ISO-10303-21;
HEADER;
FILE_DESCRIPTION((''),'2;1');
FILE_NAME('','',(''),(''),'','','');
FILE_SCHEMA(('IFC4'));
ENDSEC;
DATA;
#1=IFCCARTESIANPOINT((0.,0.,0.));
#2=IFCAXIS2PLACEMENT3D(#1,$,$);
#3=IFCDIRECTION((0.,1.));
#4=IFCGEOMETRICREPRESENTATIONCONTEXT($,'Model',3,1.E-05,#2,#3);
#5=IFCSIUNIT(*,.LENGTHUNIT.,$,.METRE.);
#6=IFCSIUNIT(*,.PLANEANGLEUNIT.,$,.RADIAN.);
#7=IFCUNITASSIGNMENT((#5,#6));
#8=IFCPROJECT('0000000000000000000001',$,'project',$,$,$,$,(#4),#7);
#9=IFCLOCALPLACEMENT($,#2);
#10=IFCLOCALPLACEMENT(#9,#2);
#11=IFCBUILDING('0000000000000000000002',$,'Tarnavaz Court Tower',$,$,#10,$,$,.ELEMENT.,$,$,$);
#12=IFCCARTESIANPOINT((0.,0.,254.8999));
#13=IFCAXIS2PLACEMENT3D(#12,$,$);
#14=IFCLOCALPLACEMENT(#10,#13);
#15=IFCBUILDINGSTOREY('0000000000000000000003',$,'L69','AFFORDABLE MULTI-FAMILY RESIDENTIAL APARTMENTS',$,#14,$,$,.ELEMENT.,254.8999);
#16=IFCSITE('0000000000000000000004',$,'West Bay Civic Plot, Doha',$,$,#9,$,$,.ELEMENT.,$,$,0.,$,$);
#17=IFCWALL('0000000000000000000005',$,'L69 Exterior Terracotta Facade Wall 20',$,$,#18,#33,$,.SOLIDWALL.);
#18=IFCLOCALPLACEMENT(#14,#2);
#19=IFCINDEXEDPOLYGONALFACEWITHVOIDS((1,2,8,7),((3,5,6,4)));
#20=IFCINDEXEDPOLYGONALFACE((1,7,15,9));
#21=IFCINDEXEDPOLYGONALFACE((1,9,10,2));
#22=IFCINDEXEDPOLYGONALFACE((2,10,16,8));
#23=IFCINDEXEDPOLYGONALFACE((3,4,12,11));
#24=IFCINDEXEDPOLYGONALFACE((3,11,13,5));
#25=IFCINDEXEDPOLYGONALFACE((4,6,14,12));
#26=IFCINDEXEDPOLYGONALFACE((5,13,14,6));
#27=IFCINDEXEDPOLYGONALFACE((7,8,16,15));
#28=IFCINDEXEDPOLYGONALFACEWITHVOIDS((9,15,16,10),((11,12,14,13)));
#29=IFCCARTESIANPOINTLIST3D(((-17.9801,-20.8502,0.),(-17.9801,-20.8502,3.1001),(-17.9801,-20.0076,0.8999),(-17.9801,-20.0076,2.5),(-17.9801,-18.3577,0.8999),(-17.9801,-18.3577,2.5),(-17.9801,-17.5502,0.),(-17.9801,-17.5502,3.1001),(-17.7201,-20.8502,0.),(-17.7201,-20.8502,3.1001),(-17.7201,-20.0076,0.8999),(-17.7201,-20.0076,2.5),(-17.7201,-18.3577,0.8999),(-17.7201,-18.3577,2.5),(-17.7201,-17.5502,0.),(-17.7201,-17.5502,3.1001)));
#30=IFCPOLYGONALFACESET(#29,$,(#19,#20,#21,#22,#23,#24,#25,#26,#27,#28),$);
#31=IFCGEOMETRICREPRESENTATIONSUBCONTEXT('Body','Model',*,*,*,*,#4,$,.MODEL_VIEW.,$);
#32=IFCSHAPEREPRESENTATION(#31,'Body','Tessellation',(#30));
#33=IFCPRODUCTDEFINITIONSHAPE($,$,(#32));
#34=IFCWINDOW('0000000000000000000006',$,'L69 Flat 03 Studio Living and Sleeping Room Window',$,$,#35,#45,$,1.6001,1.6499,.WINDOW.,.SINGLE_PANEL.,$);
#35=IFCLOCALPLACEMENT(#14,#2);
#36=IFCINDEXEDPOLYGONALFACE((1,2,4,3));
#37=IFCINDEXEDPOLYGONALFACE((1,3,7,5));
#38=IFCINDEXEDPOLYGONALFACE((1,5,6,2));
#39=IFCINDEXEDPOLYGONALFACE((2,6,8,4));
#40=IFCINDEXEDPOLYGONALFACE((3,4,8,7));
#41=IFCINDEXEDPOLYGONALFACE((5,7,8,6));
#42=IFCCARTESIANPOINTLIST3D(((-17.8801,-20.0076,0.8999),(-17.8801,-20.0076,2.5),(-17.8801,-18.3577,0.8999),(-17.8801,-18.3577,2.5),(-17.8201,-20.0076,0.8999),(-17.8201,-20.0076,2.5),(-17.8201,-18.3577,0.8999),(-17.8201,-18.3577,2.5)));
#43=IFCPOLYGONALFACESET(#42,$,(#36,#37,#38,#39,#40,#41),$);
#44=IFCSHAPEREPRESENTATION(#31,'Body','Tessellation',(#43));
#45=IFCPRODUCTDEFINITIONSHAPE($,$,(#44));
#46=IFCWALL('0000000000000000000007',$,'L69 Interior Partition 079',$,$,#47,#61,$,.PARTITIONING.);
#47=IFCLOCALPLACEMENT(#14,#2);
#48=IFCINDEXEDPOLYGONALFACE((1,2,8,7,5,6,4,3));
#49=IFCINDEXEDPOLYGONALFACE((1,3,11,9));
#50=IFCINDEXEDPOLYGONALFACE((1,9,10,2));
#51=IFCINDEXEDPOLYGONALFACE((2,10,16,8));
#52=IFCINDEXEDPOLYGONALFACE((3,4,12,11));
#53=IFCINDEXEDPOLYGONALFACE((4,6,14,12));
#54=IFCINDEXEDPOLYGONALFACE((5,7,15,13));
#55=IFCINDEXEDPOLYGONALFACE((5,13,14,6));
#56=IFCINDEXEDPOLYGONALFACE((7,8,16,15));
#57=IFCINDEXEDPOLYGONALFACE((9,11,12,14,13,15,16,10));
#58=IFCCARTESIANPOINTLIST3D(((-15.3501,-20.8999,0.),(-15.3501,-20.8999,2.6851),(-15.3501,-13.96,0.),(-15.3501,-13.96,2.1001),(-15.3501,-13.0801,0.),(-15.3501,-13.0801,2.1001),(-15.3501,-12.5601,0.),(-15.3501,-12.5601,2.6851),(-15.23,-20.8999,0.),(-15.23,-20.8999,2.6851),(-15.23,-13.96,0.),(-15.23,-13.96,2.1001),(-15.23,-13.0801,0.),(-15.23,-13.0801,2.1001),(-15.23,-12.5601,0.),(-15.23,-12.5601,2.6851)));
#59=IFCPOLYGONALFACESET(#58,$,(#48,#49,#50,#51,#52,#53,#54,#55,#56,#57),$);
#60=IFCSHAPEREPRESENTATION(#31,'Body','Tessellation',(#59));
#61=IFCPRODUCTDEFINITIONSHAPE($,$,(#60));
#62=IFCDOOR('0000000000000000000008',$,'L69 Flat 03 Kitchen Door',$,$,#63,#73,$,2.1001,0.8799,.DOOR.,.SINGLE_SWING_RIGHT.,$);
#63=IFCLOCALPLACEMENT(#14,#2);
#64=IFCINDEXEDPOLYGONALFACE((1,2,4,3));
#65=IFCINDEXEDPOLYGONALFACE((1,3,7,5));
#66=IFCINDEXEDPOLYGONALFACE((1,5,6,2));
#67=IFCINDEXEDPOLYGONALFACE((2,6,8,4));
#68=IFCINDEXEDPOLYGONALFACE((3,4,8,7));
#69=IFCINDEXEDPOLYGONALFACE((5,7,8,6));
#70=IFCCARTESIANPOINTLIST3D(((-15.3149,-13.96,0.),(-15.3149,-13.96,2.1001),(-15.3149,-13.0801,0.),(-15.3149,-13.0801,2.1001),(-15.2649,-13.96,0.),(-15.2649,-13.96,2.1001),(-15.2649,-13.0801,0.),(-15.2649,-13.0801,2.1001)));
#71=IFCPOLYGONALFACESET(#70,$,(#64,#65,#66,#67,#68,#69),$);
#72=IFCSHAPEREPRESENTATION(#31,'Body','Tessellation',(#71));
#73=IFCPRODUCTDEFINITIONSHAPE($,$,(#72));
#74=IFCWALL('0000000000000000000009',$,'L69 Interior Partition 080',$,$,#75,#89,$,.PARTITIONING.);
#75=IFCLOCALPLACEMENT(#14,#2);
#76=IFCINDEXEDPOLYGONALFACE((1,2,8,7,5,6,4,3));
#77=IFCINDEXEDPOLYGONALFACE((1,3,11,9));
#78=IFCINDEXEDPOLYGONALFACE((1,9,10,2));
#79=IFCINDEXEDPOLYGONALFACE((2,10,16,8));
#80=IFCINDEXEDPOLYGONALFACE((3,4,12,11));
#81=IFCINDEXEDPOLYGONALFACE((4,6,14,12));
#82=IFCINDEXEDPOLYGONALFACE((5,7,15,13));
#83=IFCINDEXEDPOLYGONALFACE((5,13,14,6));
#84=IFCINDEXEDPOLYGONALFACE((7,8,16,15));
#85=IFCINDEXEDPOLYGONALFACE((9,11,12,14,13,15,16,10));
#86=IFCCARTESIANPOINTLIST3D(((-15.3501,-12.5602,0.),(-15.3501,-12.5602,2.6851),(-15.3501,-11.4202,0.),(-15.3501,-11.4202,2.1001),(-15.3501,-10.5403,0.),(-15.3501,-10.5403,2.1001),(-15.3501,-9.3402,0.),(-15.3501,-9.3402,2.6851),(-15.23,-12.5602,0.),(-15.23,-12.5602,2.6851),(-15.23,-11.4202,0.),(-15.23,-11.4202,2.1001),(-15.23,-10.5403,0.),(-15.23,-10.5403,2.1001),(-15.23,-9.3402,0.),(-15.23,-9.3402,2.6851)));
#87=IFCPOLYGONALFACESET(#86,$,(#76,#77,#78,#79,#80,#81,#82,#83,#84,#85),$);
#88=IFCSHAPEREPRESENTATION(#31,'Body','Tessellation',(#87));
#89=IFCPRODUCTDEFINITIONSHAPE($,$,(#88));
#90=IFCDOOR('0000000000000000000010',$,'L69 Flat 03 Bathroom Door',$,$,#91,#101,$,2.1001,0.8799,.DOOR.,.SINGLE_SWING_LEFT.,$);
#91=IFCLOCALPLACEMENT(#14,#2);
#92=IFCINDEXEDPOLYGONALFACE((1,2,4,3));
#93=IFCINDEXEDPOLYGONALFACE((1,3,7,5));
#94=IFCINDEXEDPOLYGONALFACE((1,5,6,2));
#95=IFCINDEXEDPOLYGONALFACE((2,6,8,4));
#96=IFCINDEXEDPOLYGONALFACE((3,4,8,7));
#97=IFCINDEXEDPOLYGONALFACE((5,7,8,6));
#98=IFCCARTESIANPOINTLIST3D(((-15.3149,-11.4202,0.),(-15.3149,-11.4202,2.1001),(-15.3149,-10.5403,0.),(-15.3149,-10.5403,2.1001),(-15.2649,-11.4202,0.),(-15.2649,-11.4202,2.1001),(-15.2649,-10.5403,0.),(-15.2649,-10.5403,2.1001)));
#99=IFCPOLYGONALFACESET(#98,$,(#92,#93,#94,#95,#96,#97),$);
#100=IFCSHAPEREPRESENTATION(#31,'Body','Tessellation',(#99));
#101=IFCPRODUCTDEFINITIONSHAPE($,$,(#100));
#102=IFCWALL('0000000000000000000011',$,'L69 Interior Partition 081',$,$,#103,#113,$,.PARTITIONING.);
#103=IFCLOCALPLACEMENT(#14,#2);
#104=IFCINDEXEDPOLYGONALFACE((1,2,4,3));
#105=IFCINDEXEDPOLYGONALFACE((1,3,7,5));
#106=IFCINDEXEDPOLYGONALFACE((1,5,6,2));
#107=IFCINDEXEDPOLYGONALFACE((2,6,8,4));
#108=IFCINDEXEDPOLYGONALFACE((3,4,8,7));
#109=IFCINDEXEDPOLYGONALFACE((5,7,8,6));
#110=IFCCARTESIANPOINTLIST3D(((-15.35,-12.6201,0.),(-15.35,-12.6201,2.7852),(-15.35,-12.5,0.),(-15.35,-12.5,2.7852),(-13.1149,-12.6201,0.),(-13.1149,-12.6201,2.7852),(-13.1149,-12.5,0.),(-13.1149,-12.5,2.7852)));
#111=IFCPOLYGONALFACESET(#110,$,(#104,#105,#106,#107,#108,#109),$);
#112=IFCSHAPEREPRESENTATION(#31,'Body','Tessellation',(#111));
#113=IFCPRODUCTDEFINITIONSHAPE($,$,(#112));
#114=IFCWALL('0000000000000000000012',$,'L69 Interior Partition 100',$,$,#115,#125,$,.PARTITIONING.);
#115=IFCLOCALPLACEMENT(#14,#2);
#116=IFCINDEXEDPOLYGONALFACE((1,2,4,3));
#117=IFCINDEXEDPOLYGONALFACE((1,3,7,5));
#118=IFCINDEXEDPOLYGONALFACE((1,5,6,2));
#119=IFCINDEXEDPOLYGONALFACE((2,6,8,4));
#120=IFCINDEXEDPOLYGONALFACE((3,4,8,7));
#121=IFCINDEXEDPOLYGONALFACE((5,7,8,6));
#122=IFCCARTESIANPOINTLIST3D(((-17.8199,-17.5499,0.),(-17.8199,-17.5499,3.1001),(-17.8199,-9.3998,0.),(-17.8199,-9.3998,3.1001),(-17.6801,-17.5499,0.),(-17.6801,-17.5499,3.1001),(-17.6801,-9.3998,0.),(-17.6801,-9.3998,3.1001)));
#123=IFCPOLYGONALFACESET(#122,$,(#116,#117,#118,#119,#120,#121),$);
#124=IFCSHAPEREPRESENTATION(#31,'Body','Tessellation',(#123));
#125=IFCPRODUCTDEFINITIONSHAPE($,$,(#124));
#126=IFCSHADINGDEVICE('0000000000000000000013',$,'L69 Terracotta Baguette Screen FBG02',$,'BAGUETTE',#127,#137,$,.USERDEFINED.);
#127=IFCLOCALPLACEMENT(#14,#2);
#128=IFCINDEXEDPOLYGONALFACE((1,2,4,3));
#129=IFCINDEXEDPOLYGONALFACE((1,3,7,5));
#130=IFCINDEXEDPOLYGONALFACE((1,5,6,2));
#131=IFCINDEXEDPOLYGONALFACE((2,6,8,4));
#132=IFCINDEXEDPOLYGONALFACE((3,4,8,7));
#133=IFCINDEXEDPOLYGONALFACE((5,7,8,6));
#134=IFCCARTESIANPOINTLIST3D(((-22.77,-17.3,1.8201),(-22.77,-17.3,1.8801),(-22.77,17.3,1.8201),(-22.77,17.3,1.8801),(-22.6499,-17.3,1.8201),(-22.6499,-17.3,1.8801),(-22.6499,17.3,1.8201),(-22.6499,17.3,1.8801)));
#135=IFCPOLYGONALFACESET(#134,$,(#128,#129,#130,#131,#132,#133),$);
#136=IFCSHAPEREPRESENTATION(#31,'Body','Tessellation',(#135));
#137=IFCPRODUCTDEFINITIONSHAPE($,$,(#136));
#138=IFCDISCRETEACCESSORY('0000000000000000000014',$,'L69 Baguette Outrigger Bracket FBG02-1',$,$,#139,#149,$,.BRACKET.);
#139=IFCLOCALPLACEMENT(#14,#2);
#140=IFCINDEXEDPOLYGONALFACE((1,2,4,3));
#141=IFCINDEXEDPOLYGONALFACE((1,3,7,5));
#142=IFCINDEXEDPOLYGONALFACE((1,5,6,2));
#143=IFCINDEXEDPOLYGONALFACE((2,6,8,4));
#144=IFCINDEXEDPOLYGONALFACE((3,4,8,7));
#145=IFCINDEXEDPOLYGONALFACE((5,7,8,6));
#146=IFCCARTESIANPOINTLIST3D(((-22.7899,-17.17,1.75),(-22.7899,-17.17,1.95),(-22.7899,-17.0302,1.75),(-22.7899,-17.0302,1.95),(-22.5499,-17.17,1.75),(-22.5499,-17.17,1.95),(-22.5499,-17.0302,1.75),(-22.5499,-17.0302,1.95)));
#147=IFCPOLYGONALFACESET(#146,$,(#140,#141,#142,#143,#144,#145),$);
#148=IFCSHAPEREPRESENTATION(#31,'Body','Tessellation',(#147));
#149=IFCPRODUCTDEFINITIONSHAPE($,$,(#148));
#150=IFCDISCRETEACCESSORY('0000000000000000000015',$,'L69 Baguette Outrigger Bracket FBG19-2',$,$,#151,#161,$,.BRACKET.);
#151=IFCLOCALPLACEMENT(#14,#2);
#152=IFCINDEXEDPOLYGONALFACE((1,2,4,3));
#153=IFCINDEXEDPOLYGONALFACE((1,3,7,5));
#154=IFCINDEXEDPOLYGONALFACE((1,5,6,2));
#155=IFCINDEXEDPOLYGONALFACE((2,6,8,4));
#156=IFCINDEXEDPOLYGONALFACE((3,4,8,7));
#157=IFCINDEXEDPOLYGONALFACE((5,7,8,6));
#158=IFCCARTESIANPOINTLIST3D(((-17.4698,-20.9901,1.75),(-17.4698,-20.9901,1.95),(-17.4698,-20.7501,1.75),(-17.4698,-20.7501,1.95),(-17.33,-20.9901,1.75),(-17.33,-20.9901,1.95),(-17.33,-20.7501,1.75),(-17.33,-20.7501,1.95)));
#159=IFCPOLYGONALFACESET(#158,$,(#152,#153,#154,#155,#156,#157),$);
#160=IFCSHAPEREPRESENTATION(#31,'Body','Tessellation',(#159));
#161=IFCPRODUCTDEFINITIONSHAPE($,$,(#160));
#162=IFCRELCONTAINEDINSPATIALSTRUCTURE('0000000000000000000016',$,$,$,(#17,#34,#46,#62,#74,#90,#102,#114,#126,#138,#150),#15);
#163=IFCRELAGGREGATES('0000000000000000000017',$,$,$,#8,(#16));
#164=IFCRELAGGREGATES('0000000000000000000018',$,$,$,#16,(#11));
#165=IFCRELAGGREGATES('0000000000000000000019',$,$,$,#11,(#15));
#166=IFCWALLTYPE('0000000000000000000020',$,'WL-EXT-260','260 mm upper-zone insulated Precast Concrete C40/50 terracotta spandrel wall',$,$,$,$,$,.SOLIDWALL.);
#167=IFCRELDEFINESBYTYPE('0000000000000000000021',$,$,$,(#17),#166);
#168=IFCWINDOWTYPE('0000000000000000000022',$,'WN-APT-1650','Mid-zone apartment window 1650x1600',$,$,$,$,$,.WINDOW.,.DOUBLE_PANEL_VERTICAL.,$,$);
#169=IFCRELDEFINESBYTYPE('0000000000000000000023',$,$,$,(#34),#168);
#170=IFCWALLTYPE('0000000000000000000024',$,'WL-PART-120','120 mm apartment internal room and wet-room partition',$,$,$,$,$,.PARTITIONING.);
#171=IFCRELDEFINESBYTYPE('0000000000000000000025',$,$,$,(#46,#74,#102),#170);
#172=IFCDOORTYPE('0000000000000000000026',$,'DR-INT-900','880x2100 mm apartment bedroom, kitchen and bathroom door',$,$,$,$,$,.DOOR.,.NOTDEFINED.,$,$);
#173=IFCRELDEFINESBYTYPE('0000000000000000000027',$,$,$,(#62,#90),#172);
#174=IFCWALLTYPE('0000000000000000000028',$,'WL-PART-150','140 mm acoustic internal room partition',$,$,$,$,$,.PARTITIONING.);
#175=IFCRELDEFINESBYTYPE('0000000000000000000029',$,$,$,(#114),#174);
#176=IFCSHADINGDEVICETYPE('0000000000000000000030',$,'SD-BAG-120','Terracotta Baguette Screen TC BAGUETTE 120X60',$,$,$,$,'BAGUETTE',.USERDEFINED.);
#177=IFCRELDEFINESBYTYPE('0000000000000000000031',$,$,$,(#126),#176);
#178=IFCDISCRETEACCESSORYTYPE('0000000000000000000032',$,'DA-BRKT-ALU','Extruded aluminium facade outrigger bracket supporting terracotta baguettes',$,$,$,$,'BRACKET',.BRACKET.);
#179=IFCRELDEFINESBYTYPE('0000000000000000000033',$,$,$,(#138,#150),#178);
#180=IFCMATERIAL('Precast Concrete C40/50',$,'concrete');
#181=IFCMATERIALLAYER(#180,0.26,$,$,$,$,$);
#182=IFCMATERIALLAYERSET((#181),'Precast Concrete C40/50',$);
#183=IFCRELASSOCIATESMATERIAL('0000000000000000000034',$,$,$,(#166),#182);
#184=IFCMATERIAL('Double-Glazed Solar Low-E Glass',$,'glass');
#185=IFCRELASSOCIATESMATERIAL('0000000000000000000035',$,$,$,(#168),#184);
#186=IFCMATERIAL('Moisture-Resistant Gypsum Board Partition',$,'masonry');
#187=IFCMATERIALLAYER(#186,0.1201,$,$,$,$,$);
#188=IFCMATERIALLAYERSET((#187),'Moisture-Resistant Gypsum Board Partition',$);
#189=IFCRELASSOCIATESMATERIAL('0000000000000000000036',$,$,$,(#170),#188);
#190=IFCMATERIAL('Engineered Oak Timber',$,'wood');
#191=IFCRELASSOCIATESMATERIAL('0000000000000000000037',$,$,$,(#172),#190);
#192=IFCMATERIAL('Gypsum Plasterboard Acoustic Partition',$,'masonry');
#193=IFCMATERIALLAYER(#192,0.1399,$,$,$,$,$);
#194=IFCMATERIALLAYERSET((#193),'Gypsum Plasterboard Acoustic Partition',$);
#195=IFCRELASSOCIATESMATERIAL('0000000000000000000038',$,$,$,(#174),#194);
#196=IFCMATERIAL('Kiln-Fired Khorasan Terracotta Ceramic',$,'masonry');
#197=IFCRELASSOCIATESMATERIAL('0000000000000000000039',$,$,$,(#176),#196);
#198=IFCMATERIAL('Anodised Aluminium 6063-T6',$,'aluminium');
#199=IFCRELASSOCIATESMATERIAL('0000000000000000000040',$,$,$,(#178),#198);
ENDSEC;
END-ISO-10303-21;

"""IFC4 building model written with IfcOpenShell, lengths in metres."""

from ifc_helpers import new_model, si_unit, direction, frame, frame_2d, origin, origin_2d, place, context, subcontext, project, spatial, rectangle, extrude, material, layer, layer_set, material_profile, profile_set, type_object, element, fill, save


model = new_model("IFC4")

# Units and contexts
model_context = context("Model", 3, precision=1e-05, world=origin(), true_north=direction((0.0, 1.0)))
body_context = subcontext(model_context, "Body", "Model", "MODEL_VIEW")
ifc_project = project(units=[si_unit("LENGTHUNIT", "METRE"), si_unit("PLANEANGLEUNIT", "RADIAN")], contexts=[model_context])

# Site, building, storey
site_placement = place(None, origin())
site = spatial("IfcSite", under=ifc_project, at=site_placement, Name="West Bay Civic Plot, Doha", CompositionType="ELEMENT", RefElevation=0.0)
building_placement = place(site_placement, origin())
building = spatial("IfcBuilding", under=site, at=building_placement, Name="Tarnavaz Court Tower", CompositionType="ELEMENT")
storey_placement = place(building_placement, frame((0.0, 0.0, 254.8999)))
storey = spatial("IfcBuildingStorey", under=building, at=storey_placement, Name="L69", Description="AFFORDABLE MULTI-FAMILY RESIDENTIAL APARTMENTS", CompositionType="ELEMENT", Elevation=254.8999)

# Shared definitions
ifc_material_1 = material(Name="Precast Concrete C40/50", Category="concrete")
ifc_layer_1 = layer(ifc_material_1, 0.26)
ifc_layer_set_1 = layer_set([ifc_layer_1], Name="Precast Concrete C40/50")
wall_type_1 = type_object("IfcWallType", Name="WL-EXT-260", Description="260 mm upper-zone insulated Precast Concrete C40/50 terracotta spandrel wall", PredefinedType="SOLIDWALL", material=ifc_layer_set_1)
ifc_material_2 = material(Name="Double-Glazed Solar Low-E Glass", Category="glass")

# Wall, opening, window
wall_1_placement = place(storey_placement, frame((-17.8501, -20.8501, 0.0), z_axis=(0.0, 0.0, 1.0), x_axis=(0.0, 1.0, 0.0)))
wall_1 = element("IfcWall", 1, at=wall_1_placement, inside=storey, type_object=wall_type_1, Name="L69 Exterior Terracotta Facade Wall 20", PredefinedType="SOLIDWALL", context=body_context, shape_type="SweptSolid", body=[
    extrude(rectangle(XDim=3.3, YDim=0.26, at=frame_2d((1.6499, 0.0))), origin(), (0.0, 0.0, 1.0), 3.1001),
])
opening_1_placement = place(wall_1_placement, frame((0.8425, 0.0, 0.8999)))
opening_1 = element("IfcOpeningElement", 2, at=opening_1_placement, cuts=wall_1, PredefinedType="OPENING", context=body_context, shape_type="SweptSolid", body=[
    extrude(rectangle(XDim=1.6499, YDim=1.6001, at=frame_2d((0.825, 0.8))), frame((0.0, 0.1399, 0.0), z_axis=(0.0, -1.0, 0.0), x_axis=(1.0, 0.0, 0.0)), (0.0, 0.0, 1.0), 0.28),
])
window_type_1 = type_object("IfcWindowType", Name="WN-APT-1650", Description="Mid-zone apartment window 1650x1600", PartitioningType="DOUBLE_PANEL_VERTICAL", PredefinedType="WINDOW", material=ifc_material_2)
window_1_placement = place(opening_1_placement, origin())
window_1 = element("IfcWindow", 3, at=window_1_placement, inside=storey, type_object=window_type_1, Name="L69 Flat 03 Studio Living and Sleeping Room Window", OverallHeight=1.6001, OverallWidth=1.6499, PartitioningType="SINGLE_PANEL", PredefinedType="WINDOW", context=body_context, shape_type="SweptSolid", body=[
    extrude(rectangle(XDim=1.6499, YDim=1.6001, at=frame_2d((0.825, 0.8))), frame((0.0, 0.03, 0.0), z_axis=(0.0, -1.0, 0.0), x_axis=(1.0, 0.0, 0.0)), (0.0, 0.0, 1.0), 0.0601),
])
fill(opening_1, window_1)

# Walls, openings, doors
ifc_material_3 = material(Name="Moisture-Resistant Gypsum Board Partition", Category="masonry")
ifc_layer_2 = layer(ifc_material_3, 0.1201)
ifc_layer_set_2 = layer_set([ifc_layer_2], Name="Moisture-Resistant Gypsum Board Partition")
wall_type_2 = type_object("IfcWallType", Name="WL-PART-120", Description="120 mm apartment internal room and wet-room partition", PredefinedType="PARTITIONING", material=ifc_layer_set_2)
wall_2_placement = place(storey_placement, frame((-15.29, -20.8999, 0.0), z_axis=(0.0, 0.0, 1.0), x_axis=(0.0, 1.0, 0.0)))
wall_2 = element("IfcWall", 4, at=wall_2_placement, inside=storey, type_object=wall_type_2, Name="L69 Interior Partition 079", PredefinedType="PARTITIONING", context=body_context, shape_type="SweptSolid", body=[
    extrude(rectangle(XDim=8.3398, YDim=0.1201, at=frame_2d((4.1699, 0.0))), origin(), (0.0, 0.0, 1.0), 2.6851),
])
opening_2_placement = place(wall_2_placement, frame((6.9399, 0.0, 0.0)))
opening_2 = element("IfcOpeningElement", 5, at=opening_2_placement, cuts=wall_2, PredefinedType="OPENING", context=body_context, shape_type="SweptSolid", body=[
    extrude(rectangle(XDim=0.8799, YDim=2.1001, at=frame_2d((0.4399, 1.05))), frame((0.0, 0.0701, 0.0), z_axis=(0.0, -1.0, 0.0), x_axis=(1.0, 0.0, 0.0)), (0.0, 0.0, 1.0), 0.1401),
])
ifc_material_4 = material(Name="Engineered Oak Timber", Category="wood")
door_type = type_object("IfcDoorType", Name="DR-INT-900", Description="880x2100 mm apartment bedroom, kitchen and bathroom door", OperationType="NOTDEFINED", PredefinedType="DOOR", material=ifc_material_4)
door_1_placement = place(opening_2_placement, origin())
door_1 = element("IfcDoor", 6, at=door_1_placement, inside=storey, type_object=door_type, Name="L69 Flat 03 Kitchen Door", OperationType="SINGLE_SWING_RIGHT", OverallHeight=2.1001, OverallWidth=0.8799, PredefinedType="DOOR", context=body_context, shape_type="SweptSolid", body=[
    extrude(rectangle(XDim=0.8799, YDim=2.1001, at=frame_2d((0.4399, 1.05))), frame((0.0, 0.0249, 0.0), z_axis=(0.0, -1.0, 0.0), x_axis=(1.0, 0.0, 0.0)), (0.0, 0.0, 1.0), 0.05),
])
fill(opening_2, door_1)
wall_3_placement = place(storey_placement, frame((-15.29, -12.5601, 0.0), z_axis=(0.0, 0.0, 1.0), x_axis=(0.0, 1.0, 0.0)))
wall_3 = element("IfcWall", 7, at=wall_3_placement, inside=storey, type_object=wall_type_2, Name="L69 Interior Partition 080", PredefinedType="PARTITIONING", context=body_context, shape_type="SweptSolid", body=[
    extrude(rectangle(XDim=3.22, YDim=0.1201, at=frame_2d((1.6099, 0.0))), origin(), (0.0, 0.0, 1.0), 2.6851),
])
opening_3_placement = place(wall_3_placement, frame((1.1399, 0.0, 0.0)))
opening_3 = element("IfcOpeningElement", 8, at=opening_3_placement, cuts=wall_3, PredefinedType="OPENING", context=body_context, shape_type="SweptSolid", body=[
    extrude(rectangle(XDim=0.8799, YDim=2.1001, at=frame_2d((0.4399, 1.05))), frame((0.0, 0.0701, 0.0), z_axis=(0.0, -1.0, 0.0), x_axis=(1.0, 0.0, 0.0)), (0.0, 0.0, 1.0), 0.1401),
])
door_2_placement = place(opening_3_placement, origin())
door_2 = element("IfcDoor", 9, at=door_2_placement, inside=storey, type_object=door_type, Name="L69 Flat 03 Bathroom Door", OperationType="SINGLE_SWING_LEFT", OverallHeight=2.1001, OverallWidth=0.8799, PredefinedType="DOOR", context=body_context, shape_type="SweptSolid", body=[
    extrude(rectangle(XDim=0.8799, YDim=2.1001, at=frame_2d((0.4399, 1.05))), frame((0.0, 0.0249, 0.0), z_axis=(0.0, -1.0, 0.0), x_axis=(1.0, 0.0, 0.0)), (0.0, 0.0, 1.0), 0.05),
])
fill(opening_3, door_2)

# Walls
wall_4_placement = place(storey_placement, frame((-15.3501, -12.5601, 0.0), z_axis=(0.0, 0.0, 1.0), x_axis=(1.0, 0.0, 0.0)))
element("IfcWall", 10, at=wall_4_placement, inside=storey, type_object=wall_type_2, Name="L69 Interior Partition 081", PredefinedType="PARTITIONING", context=body_context, shape_type="SweptSolid", body=[
    extrude(rectangle(XDim=2.2351, YDim=0.1201, at=frame_2d((1.1177, 0.0))), origin(), (0.0, 0.0, 1.0), 2.7852),
])
ifc_material_5 = material(Name="Gypsum Plasterboard Acoustic Partition", Category="masonry")
ifc_layer_3 = layer(ifc_material_5, 0.1399)
ifc_layer_set_3 = layer_set([ifc_layer_3], Name="Gypsum Plasterboard Acoustic Partition")
wall_type_3 = type_object("IfcWallType", Name="WL-PART-150", Description="140 mm acoustic internal room partition", PredefinedType="PARTITIONING", material=ifc_layer_set_3)
wall_5_placement = place(storey_placement, frame((-17.75, -17.55, 0.0), z_axis=(0.0, 0.0, 1.0), x_axis=(0.0, 1.0, 0.0)))
element("IfcWall", 11, at=wall_5_placement, inside=storey, type_object=wall_type_3, Name="L69 Interior Partition 100", PredefinedType="PARTITIONING", context=body_context, shape_type="SweptSolid", body=[
    extrude(rectangle(XDim=8.1501, YDim=0.1399, at=frame_2d((4.0752, 0.0))), origin(), (0.0, 0.0, 1.0), 3.1001),
])

# Shading device
ifc_material_6 = material(Name="Kiln-Fired Khorasan Terracotta Ceramic", Category="masonry")
ifc_material_profile_1 = material_profile(ifc_material_6, rectangle(XDim=0.1201, YDim=0.0601, at=origin_2d()), Name="TC BAGUETTE 120X60")
ifc_profile_set_1 = profile_set([ifc_material_profile_1], Name="Kiln-Fired Khorasan Terracotta Ceramic")
shading_device_type = type_object("IfcShadingDeviceType", Name="SD-BAG-120", Description="Terracotta Baguette Screen TC BAGUETTE 120X60", ElementType="BAGUETTE", PredefinedType="USERDEFINED", material=ifc_profile_set_1)
shading_device_placement = place(storey_placement, frame((-22.71, -17.3, 1.8501), z_axis=(0.0, 1.0, 0.0), x_axis=(-1.0, 0.0, 0.0)))
element("IfcShadingDevice", 12, at=shading_device_placement, inside=storey, type_object=shading_device_type, Name="L69 Terracotta Baguette Screen FBG02", ObjectType="BAGUETTE", PredefinedType="USERDEFINED", context=body_context, shape_type="SweptSolid", body=[
    extrude(rectangle(XDim=0.1201, YDim=0.0601, at=origin_2d()), origin(), (0.0, 0.0, 1.0), 34.6001),
])

# Discrete accessories
ifc_material_7 = material(Name="Anodised Aluminium 6063-T6", Category="aluminium")
discrete_accessory_type = type_object("IfcDiscreteAccessoryType", Name="DA-BRKT-ALU", Description="Extruded aluminium facade outrigger bracket supporting terracotta baguettes", ElementType="BRACKET", PredefinedType="BRACKET", material=ifc_material_7)
for number, where, z_axis, x_axis, name in (
    (13, (-22.6699, -17.1001, 1.75), (0.0, 0.0, 1.0), (0.0, 1.0, 0.0), "L69 Baguette Outrigger Bracket FBG02-1"),
    (14, (-17.3999, -20.8701, 1.75), (0.0, 0.0, 1.0), (-1.0, 0.0, 0.0), "L69 Baguette Outrigger Bracket FBG19-2"),
):
    element("IfcDiscreteAccessory", number, at=place(storey_placement, frame(where, z_axis=z_axis, x_axis=x_axis)), inside=storey, type_object=discrete_accessory_type, Name=name, PredefinedType="BRACKET", context=body_context, shape_type="SweptSolid", body=[
        extrude(rectangle(XDim=0.1399, YDim=0.24, at=origin_2d()), origin(), (0.0, 0.0, 1.0), 0.2),
    ])

save(model, "model.ifc")
